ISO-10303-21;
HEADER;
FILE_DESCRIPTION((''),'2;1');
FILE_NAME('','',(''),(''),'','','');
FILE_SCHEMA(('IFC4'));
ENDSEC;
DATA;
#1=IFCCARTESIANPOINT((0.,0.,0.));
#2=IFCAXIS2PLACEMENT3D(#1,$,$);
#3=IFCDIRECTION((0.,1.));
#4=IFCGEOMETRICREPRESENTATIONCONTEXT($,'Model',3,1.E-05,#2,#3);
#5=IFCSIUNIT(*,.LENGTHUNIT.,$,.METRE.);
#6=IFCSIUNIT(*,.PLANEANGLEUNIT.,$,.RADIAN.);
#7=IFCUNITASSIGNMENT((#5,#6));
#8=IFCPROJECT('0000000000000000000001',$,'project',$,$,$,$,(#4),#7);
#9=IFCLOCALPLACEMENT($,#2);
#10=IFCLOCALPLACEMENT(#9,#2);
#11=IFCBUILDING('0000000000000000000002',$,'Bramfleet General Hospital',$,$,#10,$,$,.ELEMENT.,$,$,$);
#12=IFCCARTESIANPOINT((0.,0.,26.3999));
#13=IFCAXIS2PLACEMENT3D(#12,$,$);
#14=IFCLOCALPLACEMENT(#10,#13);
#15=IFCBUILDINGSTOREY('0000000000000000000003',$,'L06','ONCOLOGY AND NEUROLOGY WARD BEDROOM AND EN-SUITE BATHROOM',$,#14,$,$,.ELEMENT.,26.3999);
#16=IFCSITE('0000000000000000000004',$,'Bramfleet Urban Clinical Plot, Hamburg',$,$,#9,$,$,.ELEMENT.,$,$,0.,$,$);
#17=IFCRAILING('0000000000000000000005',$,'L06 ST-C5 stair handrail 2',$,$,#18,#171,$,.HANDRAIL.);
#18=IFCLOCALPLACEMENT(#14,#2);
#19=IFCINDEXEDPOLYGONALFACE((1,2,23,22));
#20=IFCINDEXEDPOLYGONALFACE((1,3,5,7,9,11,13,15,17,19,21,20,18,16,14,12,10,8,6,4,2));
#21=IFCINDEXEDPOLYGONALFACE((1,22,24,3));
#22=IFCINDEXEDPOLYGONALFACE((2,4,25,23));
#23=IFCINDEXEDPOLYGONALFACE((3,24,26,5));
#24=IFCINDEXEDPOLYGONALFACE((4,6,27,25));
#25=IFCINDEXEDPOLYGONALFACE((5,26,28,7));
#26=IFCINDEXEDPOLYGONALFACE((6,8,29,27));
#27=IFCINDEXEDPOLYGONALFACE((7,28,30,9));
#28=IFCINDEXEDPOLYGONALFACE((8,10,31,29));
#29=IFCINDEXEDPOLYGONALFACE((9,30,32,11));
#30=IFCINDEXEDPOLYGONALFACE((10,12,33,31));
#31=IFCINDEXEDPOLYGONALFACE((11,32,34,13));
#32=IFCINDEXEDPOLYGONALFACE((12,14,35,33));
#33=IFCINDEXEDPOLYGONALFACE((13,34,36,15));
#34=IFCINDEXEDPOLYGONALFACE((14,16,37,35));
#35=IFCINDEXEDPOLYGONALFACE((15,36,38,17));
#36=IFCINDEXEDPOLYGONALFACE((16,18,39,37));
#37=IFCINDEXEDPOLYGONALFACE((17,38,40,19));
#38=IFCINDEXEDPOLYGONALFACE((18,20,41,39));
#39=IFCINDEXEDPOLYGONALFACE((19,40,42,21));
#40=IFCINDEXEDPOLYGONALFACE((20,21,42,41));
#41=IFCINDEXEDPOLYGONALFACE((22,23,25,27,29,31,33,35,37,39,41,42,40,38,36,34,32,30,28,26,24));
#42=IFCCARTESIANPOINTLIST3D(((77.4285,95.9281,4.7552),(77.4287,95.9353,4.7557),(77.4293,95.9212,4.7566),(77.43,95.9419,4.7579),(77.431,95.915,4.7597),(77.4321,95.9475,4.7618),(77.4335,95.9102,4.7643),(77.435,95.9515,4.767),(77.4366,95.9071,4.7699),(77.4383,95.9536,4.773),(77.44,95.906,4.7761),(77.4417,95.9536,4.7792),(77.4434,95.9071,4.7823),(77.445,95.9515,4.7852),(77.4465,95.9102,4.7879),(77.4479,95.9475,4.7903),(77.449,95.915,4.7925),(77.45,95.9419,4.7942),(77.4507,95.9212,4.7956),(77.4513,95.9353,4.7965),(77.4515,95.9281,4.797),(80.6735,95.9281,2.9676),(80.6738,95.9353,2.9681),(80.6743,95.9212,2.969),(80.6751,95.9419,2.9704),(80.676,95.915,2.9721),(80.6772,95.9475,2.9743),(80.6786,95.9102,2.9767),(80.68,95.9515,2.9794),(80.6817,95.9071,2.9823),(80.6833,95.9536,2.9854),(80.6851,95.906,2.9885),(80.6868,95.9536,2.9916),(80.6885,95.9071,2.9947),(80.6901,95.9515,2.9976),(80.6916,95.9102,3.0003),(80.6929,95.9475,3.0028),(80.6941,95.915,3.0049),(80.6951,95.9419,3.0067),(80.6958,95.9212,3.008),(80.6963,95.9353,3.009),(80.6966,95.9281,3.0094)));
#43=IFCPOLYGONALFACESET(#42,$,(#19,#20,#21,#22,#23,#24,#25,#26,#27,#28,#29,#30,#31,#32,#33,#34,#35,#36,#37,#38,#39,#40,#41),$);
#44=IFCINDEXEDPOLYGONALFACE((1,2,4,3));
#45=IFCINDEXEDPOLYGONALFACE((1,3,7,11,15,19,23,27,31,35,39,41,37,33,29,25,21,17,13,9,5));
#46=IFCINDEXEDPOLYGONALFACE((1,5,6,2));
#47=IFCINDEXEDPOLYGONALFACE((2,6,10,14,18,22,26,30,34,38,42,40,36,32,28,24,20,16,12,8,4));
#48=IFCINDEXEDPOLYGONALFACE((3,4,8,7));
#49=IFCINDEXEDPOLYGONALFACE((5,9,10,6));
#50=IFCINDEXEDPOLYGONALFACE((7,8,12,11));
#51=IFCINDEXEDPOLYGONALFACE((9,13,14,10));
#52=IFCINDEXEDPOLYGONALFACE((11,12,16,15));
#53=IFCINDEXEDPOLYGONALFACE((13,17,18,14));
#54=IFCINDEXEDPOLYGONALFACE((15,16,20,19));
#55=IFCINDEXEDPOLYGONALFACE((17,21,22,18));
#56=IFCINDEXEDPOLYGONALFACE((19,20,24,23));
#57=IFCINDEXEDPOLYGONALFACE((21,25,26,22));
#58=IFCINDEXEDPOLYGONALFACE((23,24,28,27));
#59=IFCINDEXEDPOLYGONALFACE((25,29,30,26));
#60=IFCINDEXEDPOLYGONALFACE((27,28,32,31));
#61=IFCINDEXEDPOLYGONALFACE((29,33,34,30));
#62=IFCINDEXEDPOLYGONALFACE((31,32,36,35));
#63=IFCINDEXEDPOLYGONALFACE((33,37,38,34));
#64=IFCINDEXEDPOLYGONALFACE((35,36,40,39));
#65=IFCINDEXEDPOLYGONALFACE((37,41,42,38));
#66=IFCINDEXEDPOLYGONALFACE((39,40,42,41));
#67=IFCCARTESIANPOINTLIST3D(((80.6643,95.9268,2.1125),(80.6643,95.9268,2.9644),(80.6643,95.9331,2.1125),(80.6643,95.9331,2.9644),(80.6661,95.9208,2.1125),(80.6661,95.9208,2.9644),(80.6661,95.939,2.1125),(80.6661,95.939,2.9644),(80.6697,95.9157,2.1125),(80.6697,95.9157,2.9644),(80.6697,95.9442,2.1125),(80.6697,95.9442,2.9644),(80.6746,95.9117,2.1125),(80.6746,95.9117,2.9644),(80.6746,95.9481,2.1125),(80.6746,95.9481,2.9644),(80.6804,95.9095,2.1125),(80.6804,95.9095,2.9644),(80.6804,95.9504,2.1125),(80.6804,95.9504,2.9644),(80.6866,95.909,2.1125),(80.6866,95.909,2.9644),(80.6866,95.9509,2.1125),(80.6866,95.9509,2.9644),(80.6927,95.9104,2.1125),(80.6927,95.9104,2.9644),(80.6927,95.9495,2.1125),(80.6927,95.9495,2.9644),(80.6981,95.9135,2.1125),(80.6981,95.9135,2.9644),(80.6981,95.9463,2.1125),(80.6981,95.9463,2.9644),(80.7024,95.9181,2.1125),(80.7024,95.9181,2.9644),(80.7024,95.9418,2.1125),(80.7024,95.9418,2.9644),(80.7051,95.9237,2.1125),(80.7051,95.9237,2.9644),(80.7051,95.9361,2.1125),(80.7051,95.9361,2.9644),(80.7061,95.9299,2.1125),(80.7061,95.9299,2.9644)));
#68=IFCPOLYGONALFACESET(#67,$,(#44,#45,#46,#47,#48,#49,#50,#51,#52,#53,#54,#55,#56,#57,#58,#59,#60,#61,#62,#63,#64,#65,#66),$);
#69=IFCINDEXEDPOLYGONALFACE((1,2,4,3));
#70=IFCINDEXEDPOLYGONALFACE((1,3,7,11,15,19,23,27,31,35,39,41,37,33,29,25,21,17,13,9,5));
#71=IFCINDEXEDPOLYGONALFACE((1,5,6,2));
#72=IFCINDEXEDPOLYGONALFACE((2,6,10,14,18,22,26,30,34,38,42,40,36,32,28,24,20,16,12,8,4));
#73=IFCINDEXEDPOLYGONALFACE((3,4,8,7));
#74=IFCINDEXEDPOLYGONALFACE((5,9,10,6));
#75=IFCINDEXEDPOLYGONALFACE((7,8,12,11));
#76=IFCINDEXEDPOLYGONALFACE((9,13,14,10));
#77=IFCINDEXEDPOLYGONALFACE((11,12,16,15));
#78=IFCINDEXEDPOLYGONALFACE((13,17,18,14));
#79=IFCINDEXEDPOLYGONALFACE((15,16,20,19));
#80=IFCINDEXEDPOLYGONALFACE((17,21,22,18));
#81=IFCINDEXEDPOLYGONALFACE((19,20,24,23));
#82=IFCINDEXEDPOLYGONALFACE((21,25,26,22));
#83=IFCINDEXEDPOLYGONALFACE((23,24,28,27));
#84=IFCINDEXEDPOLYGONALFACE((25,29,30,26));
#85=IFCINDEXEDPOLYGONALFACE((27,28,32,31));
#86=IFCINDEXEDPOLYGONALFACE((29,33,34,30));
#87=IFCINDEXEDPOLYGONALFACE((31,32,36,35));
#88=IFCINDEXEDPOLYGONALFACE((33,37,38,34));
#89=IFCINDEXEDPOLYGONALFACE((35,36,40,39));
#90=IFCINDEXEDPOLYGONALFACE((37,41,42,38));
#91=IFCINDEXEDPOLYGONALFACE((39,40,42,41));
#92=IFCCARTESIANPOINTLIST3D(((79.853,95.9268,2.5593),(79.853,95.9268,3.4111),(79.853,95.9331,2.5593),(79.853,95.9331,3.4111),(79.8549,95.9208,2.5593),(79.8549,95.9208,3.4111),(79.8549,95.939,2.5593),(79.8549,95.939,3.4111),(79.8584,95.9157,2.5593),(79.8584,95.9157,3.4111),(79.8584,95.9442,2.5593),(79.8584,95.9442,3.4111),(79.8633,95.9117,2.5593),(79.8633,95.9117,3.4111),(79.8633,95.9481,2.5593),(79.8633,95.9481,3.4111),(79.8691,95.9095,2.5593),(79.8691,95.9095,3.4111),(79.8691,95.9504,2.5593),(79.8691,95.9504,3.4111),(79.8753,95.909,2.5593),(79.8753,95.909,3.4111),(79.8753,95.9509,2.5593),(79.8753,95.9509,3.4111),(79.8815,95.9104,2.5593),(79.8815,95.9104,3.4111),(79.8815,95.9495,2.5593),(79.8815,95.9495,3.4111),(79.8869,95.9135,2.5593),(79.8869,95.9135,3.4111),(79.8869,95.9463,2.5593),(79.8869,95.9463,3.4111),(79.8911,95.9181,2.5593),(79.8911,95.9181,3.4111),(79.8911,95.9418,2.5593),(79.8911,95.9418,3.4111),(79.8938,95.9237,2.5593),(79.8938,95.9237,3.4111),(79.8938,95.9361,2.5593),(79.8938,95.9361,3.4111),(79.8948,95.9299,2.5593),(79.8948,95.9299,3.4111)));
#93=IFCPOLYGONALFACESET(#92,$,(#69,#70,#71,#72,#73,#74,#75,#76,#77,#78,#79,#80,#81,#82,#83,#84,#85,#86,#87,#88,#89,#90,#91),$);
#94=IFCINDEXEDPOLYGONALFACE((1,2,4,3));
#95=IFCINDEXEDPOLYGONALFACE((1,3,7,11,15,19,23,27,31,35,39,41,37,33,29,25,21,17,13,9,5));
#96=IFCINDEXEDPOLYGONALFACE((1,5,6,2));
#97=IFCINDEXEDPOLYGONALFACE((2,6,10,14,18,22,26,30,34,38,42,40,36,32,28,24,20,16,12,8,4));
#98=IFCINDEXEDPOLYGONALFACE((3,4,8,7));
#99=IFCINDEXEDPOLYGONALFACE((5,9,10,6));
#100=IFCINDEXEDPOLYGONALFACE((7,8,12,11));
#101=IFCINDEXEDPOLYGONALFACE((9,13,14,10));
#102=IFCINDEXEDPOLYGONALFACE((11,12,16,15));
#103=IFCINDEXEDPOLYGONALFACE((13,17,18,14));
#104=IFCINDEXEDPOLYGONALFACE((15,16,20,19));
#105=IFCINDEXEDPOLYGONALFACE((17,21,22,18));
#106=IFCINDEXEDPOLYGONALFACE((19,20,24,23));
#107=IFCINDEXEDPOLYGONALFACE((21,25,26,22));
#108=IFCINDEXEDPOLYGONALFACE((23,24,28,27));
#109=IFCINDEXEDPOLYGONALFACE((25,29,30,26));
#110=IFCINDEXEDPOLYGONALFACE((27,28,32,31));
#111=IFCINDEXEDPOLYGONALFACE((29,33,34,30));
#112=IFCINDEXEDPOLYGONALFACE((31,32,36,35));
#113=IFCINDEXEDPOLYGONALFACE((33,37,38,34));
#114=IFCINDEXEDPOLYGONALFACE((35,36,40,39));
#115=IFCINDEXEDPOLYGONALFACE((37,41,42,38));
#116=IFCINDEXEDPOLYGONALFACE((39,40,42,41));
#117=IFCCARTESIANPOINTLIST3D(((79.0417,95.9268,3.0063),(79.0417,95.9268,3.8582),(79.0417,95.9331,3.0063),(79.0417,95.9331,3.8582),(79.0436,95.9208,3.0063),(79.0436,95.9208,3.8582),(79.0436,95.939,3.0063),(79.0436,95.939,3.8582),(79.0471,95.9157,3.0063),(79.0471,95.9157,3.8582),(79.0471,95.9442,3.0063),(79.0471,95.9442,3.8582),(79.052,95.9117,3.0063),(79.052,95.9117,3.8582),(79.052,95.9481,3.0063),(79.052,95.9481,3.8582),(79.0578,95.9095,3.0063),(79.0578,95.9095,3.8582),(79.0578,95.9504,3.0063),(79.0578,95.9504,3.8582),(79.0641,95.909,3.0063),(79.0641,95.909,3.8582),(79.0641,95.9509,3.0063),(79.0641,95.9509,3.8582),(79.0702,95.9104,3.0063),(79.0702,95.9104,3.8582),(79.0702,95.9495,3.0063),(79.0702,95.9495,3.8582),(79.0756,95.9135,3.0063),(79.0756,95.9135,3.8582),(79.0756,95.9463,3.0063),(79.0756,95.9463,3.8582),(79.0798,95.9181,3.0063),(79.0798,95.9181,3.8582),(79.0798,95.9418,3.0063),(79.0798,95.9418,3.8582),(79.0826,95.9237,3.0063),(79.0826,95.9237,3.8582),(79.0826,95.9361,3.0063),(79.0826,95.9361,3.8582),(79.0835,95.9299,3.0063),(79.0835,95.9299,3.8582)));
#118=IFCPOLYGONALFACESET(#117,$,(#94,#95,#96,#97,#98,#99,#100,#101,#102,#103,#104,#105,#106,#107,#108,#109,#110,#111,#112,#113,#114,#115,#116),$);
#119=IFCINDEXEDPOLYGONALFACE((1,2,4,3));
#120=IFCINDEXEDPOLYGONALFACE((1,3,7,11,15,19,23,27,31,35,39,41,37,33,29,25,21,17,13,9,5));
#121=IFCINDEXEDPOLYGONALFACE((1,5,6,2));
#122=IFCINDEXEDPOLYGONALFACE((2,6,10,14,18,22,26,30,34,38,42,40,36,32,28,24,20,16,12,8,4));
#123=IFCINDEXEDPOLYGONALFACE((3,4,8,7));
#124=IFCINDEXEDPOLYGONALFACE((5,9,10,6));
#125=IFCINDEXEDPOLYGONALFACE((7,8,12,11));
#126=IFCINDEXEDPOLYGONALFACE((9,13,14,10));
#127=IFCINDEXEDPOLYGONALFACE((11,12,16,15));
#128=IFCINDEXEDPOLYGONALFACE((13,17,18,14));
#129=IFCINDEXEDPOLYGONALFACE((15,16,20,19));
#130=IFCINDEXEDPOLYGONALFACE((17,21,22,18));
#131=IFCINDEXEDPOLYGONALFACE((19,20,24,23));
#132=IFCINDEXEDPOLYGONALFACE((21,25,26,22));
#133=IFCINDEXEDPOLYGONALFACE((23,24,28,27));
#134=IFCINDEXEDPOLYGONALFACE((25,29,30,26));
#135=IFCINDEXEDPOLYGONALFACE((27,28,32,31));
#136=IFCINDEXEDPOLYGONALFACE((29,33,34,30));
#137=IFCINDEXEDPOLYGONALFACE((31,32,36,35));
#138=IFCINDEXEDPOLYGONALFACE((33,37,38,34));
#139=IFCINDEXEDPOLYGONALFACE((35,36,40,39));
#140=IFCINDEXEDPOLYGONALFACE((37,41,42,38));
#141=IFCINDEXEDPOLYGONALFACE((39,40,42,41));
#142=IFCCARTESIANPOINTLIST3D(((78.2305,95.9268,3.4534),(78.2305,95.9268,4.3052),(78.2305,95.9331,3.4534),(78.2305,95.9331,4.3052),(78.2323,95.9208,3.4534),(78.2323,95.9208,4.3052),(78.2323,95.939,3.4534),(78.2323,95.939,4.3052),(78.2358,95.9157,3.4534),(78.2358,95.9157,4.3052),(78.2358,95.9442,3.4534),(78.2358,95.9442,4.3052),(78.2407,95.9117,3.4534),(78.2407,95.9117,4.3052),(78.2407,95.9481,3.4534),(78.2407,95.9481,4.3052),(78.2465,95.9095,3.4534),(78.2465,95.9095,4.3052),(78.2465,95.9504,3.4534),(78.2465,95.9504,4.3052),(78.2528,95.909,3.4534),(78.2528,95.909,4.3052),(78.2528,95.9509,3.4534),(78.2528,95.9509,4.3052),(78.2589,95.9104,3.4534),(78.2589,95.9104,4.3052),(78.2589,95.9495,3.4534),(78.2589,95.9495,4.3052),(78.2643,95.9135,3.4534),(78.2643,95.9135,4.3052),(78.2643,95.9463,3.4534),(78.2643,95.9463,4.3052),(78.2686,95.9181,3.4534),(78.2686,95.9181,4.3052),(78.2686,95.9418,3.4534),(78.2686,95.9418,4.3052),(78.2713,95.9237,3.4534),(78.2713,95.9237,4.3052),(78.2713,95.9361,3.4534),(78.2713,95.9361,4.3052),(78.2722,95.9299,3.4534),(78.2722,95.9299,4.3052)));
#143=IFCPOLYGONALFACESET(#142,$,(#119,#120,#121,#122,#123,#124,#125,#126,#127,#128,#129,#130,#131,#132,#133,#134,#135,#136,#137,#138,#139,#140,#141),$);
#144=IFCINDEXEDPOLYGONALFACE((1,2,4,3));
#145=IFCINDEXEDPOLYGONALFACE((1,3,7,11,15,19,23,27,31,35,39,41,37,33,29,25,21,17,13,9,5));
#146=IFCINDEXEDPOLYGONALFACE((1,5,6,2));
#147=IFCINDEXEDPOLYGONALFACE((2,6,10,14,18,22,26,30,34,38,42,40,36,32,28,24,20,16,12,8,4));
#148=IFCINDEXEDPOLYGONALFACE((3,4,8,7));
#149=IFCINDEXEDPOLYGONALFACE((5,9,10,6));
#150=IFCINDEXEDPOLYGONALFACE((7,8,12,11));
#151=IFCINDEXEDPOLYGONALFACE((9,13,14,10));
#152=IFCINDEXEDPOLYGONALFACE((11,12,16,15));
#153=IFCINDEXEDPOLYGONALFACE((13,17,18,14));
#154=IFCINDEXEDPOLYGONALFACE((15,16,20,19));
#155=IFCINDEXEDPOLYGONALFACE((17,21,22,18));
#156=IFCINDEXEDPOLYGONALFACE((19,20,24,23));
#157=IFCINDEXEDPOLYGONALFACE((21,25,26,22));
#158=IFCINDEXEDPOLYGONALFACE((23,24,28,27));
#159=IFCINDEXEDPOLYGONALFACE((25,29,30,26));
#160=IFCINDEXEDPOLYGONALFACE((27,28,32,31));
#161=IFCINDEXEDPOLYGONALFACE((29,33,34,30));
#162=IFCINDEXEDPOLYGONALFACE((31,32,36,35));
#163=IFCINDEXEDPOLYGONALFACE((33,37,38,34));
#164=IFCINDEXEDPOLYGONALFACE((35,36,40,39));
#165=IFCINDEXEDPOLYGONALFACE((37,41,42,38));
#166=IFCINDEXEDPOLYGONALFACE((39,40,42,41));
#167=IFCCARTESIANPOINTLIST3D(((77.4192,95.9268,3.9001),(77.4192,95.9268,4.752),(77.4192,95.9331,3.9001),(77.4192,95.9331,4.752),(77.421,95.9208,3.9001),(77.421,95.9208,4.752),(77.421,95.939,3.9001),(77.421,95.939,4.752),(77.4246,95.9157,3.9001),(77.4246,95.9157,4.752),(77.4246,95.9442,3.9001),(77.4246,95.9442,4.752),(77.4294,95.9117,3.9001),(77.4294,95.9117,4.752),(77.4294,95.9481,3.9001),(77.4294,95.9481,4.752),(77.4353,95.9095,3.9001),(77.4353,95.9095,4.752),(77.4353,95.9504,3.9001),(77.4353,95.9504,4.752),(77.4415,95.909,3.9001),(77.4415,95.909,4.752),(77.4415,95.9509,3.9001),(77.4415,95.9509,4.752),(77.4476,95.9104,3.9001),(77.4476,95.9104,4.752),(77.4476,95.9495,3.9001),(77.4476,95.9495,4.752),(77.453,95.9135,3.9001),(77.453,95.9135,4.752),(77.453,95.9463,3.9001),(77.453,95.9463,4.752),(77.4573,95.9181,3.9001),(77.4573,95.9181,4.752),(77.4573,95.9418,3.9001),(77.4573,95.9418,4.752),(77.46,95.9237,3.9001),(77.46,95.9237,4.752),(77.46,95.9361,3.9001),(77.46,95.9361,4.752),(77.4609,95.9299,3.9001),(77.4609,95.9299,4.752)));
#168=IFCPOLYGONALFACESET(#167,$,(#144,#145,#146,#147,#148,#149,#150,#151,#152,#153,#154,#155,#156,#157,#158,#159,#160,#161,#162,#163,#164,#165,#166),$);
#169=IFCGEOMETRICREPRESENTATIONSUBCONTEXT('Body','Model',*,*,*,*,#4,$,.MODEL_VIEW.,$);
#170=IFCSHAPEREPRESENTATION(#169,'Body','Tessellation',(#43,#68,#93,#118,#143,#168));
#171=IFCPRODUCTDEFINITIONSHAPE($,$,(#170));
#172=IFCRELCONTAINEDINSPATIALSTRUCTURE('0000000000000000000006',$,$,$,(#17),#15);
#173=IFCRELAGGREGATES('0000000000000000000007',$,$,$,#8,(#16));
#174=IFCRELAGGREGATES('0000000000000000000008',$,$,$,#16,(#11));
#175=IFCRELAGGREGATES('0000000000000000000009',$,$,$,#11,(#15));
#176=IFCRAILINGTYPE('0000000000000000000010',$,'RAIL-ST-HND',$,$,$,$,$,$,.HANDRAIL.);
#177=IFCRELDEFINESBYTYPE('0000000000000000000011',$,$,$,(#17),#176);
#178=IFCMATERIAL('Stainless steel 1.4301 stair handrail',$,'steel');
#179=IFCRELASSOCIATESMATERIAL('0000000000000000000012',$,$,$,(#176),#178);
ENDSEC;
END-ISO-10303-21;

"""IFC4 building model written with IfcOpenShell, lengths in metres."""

from ifc_helpers import new_model, si_unit, direction, frame, origin, origin_2d, place, context, subcontext, project, spatial, circle, extrude, material, type_object, element, save


model = new_model("IFC4")

# Units and contexts
model_context = context("Model", 3, precision=1e-05, world=origin(), true_north=direction((0.0, 1.0)))
body_context = subcontext(model_context, "Body", "Model", "MODEL_VIEW")
ifc_project = project(units=[si_unit("LENGTHUNIT", "METRE"), si_unit("PLANEANGLEUNIT", "RADIAN")], contexts=[model_context])

# Site, building, storey
site_placement = place(None, origin())
site = spatial("IfcSite", under=ifc_project, at=site_placement, Name="Bramfleet Urban Clinical Plot, Hamburg", CompositionType="ELEMENT", RefElevation=0.0)
building_placement = place(site_placement, origin())
building = spatial("IfcBuilding", under=site, at=building_placement, Name="Bramfleet General Hospital", CompositionType="ELEMENT")
storey_placement = place(building_placement, frame((0.0, 0.0, 26.3999)))
storey = spatial("IfcBuildingStorey", under=building, at=storey_placement, Name="L06", Description="ONCOLOGY AND NEUROLOGY WARD BEDROOM AND EN-SUITE BATHROOM", CompositionType="ELEMENT", Elevation=26.3999)

# Railing
ifc_material_1 = material(Name="Stainless steel 1.4301 stair handrail", Category="steel")
railing_type_1 = type_object("IfcRailingType", Name="RAIL-ST-HND", PredefinedType="HANDRAIL", material=ifc_material_1)
railing_1_placement = place(storey_placement, frame((80.6851, 95.9299, 2.1125)))
element("IfcRailing", 1, at=railing_1_placement, inside=storey, type_object=railing_type_1, Name="L06 ST-C5 stair handrail 2", PredefinedType="HANDRAIL", context=body_context, shape_type="SweptSolid", body=[
    extrude(circle(Radius=0.0239, at=origin_2d()), frame((0.0, 0.0, 0.876), z_axis=(-0.875899, 0.0, 0.482495), x_axis=(0.0, -1.0, 0.0)), (0.0, 0.0, 1.0), 3.7048),
    extrude(circle(Radius=0.021, at=origin_2d()), origin(), (0.0, 0.0, 1.0), 0.8518),
    extrude(circle(Radius=0.021, at=origin_2d()), frame((-0.8113, 0.0, 0.4468)), (0.0, 0.0, 1.0), 0.8518),
    extrude(circle(Radius=0.021, at=origin_2d()), frame((-1.6226, 0.0, 0.8938)), (0.0, 0.0, 1.0), 0.8518),
    extrude(circle(Radius=0.021, at=origin_2d()), frame((-2.4338, 0.0, 1.3408)), (0.0, 0.0, 1.0), 0.8518),
    extrude(circle(Radius=0.021, at=origin_2d()), frame((-3.2451, 0.0, 1.7876)), (0.0, 0.0, 1.0), 0.8518),
])

save(model, "model.ifc")
